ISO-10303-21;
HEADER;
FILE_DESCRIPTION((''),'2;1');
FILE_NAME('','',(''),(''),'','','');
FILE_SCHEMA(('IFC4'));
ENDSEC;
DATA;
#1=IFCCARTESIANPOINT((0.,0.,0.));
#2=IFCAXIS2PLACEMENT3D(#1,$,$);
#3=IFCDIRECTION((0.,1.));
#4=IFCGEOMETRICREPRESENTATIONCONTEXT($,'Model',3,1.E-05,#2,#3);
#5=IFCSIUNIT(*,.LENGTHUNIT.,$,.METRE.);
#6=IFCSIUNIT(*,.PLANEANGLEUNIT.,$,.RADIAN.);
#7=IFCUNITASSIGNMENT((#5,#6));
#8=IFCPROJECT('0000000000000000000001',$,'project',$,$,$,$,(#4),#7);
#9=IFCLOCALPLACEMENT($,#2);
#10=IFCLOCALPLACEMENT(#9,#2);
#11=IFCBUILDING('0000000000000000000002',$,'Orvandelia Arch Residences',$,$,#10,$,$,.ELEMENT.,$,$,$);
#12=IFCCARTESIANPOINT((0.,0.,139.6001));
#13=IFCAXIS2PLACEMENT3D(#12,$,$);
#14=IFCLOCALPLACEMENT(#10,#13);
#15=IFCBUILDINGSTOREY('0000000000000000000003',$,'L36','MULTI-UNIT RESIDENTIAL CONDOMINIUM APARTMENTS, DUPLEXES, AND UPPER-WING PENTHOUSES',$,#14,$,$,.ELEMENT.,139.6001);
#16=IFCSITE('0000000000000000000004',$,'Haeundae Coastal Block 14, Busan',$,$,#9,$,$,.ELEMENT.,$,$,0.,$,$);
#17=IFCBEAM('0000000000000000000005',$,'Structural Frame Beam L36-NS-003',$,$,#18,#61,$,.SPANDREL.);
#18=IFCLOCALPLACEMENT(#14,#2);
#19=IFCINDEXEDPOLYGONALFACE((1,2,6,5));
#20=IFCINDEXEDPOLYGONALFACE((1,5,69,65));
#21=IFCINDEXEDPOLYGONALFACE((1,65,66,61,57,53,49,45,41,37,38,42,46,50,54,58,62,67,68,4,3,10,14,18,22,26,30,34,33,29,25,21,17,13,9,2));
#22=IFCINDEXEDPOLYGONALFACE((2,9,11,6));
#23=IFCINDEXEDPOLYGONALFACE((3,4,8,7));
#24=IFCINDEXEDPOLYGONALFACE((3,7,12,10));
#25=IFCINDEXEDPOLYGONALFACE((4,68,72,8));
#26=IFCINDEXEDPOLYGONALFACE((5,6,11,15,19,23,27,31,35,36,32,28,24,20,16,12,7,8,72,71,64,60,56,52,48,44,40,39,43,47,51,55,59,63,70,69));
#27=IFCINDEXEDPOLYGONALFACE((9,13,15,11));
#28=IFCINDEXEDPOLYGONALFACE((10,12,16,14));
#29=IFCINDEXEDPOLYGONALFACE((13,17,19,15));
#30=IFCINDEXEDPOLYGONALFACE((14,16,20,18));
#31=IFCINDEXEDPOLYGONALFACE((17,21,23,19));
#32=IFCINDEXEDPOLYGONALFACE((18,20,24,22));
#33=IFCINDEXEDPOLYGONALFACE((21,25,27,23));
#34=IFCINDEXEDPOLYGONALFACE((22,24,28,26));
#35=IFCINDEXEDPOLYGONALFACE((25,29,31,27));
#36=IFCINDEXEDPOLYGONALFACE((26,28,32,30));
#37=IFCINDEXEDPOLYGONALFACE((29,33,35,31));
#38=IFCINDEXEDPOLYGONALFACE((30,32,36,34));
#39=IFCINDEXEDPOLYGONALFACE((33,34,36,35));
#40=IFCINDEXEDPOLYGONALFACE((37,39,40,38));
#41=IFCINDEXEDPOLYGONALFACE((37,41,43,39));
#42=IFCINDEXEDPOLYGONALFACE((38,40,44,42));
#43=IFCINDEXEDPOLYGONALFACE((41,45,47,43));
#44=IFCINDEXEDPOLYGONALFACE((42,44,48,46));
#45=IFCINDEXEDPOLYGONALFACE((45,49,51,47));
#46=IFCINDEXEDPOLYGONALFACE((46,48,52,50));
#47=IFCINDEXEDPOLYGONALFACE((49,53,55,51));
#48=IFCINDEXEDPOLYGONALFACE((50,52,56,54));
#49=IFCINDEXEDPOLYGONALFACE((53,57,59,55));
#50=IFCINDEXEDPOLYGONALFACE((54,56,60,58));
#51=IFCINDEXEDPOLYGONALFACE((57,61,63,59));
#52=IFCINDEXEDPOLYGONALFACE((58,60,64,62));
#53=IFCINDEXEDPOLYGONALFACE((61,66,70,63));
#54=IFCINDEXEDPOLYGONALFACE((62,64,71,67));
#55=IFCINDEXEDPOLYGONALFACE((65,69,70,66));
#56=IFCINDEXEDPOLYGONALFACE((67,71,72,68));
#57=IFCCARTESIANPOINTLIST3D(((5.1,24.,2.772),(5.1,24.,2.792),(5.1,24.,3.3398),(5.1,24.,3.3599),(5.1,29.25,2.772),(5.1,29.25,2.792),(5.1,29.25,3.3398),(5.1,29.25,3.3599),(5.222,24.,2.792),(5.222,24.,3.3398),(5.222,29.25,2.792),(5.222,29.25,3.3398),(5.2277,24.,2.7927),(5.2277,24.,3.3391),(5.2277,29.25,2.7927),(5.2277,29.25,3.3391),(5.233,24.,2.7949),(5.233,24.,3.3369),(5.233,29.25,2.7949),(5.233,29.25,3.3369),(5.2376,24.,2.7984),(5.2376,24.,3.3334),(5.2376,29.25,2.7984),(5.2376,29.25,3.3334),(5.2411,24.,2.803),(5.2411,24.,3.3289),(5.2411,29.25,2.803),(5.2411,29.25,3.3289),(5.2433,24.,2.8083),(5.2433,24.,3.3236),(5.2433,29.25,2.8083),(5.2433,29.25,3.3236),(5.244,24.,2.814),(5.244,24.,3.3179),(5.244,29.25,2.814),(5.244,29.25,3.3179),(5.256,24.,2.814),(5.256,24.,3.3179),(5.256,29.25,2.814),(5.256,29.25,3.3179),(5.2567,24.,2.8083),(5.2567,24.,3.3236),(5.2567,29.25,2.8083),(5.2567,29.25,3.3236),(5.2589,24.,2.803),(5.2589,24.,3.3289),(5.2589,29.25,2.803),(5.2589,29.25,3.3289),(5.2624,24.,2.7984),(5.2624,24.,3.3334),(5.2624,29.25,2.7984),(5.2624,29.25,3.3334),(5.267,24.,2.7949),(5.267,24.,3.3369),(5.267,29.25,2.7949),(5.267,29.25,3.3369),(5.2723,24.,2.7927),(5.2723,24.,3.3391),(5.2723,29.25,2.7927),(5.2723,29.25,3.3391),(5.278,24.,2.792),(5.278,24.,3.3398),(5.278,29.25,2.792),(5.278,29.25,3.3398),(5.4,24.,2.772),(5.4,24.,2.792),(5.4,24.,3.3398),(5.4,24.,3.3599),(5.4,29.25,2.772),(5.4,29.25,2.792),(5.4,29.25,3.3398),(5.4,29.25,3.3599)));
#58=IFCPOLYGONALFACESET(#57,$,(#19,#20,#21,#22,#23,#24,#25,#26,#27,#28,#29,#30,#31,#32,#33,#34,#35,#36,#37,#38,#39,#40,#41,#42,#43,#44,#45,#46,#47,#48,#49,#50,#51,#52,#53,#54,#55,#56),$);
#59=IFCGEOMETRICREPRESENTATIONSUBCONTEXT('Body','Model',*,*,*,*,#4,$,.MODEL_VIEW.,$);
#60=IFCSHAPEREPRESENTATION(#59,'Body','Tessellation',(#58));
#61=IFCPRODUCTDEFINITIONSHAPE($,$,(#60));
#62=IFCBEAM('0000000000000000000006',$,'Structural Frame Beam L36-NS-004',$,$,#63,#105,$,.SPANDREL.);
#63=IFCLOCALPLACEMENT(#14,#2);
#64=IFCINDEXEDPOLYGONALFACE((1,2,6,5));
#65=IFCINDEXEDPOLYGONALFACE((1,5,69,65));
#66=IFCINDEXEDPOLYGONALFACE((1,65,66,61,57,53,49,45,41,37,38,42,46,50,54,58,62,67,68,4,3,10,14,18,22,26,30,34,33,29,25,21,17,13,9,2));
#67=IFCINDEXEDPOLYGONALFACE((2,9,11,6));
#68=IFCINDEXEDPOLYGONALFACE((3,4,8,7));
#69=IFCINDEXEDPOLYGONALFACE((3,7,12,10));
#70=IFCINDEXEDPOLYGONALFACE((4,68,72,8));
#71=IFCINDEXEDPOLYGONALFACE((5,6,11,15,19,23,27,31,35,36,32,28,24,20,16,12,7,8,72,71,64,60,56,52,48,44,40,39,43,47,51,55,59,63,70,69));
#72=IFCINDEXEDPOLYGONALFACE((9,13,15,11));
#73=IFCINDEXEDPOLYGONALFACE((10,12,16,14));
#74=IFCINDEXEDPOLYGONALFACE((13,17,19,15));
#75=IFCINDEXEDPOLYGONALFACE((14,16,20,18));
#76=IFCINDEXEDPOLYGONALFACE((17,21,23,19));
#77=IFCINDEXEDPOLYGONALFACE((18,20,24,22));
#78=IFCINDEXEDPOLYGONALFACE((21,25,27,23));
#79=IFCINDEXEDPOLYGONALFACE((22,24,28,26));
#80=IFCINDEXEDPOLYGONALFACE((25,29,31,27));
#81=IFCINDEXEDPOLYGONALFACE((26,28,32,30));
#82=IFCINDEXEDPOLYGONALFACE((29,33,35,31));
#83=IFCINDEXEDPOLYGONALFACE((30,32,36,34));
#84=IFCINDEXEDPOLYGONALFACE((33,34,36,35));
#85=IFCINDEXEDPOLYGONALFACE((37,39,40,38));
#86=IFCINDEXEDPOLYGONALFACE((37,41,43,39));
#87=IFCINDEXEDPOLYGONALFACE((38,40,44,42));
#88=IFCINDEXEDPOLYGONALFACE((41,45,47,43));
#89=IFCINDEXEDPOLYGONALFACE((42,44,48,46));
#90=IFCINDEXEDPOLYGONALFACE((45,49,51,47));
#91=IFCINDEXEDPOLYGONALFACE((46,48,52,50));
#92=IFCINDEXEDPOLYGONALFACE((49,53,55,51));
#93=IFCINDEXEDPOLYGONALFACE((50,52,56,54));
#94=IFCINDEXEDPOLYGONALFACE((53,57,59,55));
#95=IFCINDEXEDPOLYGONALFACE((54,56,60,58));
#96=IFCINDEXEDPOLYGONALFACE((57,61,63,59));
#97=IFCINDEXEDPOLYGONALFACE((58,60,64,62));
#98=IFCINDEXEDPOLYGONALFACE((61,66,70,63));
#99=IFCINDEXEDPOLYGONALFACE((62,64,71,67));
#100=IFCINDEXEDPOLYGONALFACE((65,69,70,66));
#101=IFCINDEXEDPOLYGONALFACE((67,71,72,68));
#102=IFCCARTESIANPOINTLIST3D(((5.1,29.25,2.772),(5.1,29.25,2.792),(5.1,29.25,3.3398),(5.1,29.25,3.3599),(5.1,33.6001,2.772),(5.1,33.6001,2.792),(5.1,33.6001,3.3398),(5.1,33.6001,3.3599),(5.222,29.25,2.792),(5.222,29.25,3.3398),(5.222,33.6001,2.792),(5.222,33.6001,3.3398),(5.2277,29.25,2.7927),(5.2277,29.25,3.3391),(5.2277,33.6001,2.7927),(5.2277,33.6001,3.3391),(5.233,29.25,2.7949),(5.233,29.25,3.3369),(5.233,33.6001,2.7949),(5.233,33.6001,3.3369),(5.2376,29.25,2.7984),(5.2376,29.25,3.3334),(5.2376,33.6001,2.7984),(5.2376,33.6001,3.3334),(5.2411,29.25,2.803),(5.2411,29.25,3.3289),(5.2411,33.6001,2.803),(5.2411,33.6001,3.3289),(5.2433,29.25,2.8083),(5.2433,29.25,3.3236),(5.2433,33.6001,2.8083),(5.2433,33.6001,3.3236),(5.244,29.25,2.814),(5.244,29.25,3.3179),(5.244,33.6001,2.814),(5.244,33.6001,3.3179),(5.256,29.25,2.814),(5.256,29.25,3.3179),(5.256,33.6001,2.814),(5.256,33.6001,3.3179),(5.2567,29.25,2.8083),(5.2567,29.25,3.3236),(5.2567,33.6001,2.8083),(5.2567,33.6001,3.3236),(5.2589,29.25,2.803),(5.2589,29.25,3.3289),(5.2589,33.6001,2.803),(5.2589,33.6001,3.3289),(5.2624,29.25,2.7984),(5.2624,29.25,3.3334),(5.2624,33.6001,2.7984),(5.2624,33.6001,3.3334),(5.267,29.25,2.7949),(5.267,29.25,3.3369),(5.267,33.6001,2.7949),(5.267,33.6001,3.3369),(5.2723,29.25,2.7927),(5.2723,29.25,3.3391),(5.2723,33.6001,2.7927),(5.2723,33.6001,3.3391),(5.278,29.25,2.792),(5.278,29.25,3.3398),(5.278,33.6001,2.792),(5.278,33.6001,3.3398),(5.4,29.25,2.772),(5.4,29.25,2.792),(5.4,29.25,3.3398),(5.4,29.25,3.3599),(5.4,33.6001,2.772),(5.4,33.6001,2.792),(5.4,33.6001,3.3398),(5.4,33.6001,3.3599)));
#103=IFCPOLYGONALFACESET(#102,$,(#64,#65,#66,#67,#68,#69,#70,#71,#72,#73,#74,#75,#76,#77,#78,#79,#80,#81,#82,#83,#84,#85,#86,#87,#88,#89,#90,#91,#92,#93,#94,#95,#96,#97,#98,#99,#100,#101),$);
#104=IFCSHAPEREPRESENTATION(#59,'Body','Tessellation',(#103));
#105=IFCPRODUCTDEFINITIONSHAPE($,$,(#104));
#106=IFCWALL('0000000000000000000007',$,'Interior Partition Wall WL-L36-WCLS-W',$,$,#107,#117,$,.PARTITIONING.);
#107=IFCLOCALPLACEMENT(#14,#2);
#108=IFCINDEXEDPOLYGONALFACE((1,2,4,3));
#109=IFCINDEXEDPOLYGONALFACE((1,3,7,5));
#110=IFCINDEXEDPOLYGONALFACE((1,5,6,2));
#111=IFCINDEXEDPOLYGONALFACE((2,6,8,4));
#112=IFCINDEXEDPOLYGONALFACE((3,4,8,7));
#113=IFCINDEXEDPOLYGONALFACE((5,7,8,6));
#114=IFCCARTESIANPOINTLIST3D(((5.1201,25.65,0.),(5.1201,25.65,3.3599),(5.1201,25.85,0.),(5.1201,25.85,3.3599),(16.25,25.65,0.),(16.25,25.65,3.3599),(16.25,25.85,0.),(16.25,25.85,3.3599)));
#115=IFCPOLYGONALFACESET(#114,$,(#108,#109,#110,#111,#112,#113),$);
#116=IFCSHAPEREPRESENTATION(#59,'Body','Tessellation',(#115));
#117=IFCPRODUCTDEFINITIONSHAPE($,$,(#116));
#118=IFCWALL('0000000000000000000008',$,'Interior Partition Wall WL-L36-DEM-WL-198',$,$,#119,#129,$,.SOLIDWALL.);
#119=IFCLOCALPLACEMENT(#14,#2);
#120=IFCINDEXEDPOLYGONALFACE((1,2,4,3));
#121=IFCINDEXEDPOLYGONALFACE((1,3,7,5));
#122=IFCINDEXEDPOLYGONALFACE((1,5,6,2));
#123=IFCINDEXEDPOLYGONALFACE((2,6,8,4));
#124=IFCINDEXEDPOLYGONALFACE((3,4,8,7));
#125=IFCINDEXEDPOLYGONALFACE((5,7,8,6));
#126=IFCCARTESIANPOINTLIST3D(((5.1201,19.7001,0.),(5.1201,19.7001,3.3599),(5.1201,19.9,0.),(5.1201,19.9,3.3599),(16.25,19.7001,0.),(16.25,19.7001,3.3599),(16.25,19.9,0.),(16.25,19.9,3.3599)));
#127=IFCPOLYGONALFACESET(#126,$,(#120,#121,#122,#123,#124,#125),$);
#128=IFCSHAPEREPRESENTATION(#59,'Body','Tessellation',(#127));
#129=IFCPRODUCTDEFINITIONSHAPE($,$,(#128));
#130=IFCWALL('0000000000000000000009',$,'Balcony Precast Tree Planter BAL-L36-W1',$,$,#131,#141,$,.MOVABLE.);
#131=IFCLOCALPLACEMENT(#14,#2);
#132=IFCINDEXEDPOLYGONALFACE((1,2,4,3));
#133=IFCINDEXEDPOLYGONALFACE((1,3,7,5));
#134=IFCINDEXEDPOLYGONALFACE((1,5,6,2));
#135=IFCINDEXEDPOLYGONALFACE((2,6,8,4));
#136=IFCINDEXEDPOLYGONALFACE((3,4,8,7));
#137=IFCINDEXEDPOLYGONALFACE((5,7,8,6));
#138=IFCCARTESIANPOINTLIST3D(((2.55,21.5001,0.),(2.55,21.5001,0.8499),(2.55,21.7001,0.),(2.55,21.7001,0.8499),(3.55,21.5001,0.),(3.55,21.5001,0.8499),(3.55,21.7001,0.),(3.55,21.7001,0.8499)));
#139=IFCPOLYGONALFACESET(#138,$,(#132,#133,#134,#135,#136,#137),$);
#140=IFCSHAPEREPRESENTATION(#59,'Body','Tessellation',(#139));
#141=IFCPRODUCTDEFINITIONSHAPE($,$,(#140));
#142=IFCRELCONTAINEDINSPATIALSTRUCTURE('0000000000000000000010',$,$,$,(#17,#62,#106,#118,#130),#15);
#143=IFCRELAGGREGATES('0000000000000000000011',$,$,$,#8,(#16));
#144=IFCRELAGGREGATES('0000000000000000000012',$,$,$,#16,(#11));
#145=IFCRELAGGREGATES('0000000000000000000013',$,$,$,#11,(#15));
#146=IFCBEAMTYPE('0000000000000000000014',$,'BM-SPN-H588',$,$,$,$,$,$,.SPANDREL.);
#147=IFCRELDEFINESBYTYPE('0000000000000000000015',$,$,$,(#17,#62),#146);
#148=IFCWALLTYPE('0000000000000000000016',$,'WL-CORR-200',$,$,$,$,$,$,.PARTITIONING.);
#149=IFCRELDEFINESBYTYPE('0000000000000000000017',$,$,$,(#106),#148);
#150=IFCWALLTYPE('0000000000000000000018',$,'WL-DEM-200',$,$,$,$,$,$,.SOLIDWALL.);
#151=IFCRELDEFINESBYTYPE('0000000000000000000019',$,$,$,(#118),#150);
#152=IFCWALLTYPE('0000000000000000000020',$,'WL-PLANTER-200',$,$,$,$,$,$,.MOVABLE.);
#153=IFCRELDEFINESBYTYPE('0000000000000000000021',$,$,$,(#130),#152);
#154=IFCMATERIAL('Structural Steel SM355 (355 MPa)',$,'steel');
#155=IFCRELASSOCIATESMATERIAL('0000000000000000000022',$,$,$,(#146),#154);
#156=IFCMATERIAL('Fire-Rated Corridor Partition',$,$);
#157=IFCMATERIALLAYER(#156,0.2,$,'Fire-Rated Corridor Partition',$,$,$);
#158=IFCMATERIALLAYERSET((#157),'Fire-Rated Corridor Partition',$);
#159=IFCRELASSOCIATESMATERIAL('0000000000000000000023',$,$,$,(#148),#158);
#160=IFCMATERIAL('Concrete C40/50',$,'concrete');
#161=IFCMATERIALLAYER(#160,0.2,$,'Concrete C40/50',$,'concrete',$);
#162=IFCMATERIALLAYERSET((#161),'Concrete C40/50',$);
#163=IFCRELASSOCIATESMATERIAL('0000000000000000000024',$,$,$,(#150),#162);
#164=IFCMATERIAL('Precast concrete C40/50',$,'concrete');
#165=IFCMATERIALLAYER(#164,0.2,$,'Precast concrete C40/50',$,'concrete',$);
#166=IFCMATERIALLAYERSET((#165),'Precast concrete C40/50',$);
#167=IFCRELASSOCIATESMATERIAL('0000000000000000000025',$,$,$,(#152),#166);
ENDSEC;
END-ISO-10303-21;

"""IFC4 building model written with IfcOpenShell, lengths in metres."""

from ifc_helpers import new_model, si_unit, direction, frame, frame_2d, origin, origin_2d, place, context, subcontext, project, spatial, rectangle, i_section, extrude, material, layer, layer_set, material_profile, profile_set, type_object, element, save


model = new_model("IFC4")

# Units and contexts
model_context = context("Model", 3, precision=1e-05, world=origin(), true_north=direction((0.0, 1.0)))
body_context = subcontext(model_context, "Body", "Model", "MODEL_VIEW")
ifc_project = project(units=[si_unit("LENGTHUNIT", "METRE"), si_unit("PLANEANGLEUNIT", "RADIAN")], contexts=[model_context])

# Site, building, storey
site_placement = place(None, origin())
site = spatial("IfcSite", under=ifc_project, at=site_placement, Name="Haeundae Coastal Block 14, Busan", CompositionType="ELEMENT", RefElevation=0.0)
building_placement = place(site_placement, origin())
building = spatial("IfcBuilding", under=site, at=building_placement, Name="Orvandelia Arch Residences", CompositionType="ELEMENT")
storey_placement = place(building_placement, frame((0.0, 0.0, 139.6001)))
storey = spatial("IfcBuildingStorey", under=building, at=storey_placement, Name="L36", Description="MULTI-UNIT RESIDENTIAL CONDOMINIUM APARTMENTS, DUPLEXES, AND UPPER-WING PENTHOUSES", CompositionType="ELEMENT", Elevation=139.6001)

# Beams
ifc_material_1 = material(Name="Structural Steel SM355 (355 MPa)", Category="steel")
ifc_material_profile_1 = material_profile(ifc_material_1, i_section(OverallWidth=0.3, OverallDepth=0.5879, WebThickness=0.012, FlangeThickness=0.02, FilletRadius=0.022, at=origin_2d()), Name="Structural Steel SM355 (355 MPa)", Category="steel")
ifc_profile_set_1 = profile_set([ifc_material_profile_1], Name="Structural Steel SM355 (355 MPa)")
beam_type_1 = type_object("IfcBeamType", Name="BM-SPN-H588", PredefinedType="SPANDREL", material=ifc_profile_set_1)
beam_1_placement = place(storey_placement, frame((5.25, 24.0, 3.0659), z_axis=(0.0, 1.0, 0.0), x_axis=(-1.0, 0.0, 0.0)))
element("IfcBeam", 1, at=beam_1_placement, inside=storey, type_object=beam_type_1, Name="Structural Frame Beam L36-NS-003", PredefinedType="SPANDREL", context=body_context, shape_type="SweptSolid", body=[
    extrude(i_section(OverallWidth=0.3, OverallDepth=0.5879, WebThickness=0.012, FlangeThickness=0.02, FilletRadius=0.022, at=origin_2d()), origin(), (0.0, 0.0, 1.0), 5.25),
])
beam_2_placement = place(storey_placement, frame((5.25, 29.25, 3.0659), z_axis=(0.0, 1.0, 0.0), x_axis=(-1.0, 0.0, 0.0)))
element("IfcBeam", 2, at=beam_2_placement, inside=storey, type_object=beam_type_1, Name="Structural Frame Beam L36-NS-004", PredefinedType="SPANDREL", context=body_context, shape_type="SweptSolid", body=[
    extrude(i_section(OverallWidth=0.3, OverallDepth=0.5879, WebThickness=0.012, FlangeThickness=0.02, FilletRadius=0.022, at=origin_2d()), origin(), (0.0, 0.0, 1.0), 4.3501),
])

# Walls
ifc_material_2 = material(Name="Fire-Rated Corridor Partition")
ifc_layer_1 = layer(ifc_material_2, 0.2, Name="Fire-Rated Corridor Partition")
ifc_layer_set_1 = layer_set([ifc_layer_1], Name="Fire-Rated Corridor Partition")
wall_type_1 = type_object("IfcWallType", Name="WL-CORR-200", PredefinedType="PARTITIONING", material=ifc_layer_set_1)
wall_1_placement = place(storey_placement, frame((5.1201, 25.75, 0.0), z_axis=(0.0, 0.0, 1.0), x_axis=(1.0, 0.0, 0.0)))
element("IfcWall", 3, at=wall_1_placement, inside=storey, type_object=wall_type_1, Name="Interior Partition Wall WL-L36-WCLS-W", PredefinedType="PARTITIONING", context=body_context, shape_type="SweptSolid", body=[
    extrude(rectangle(XDim=11.1299, YDim=0.2, at=frame_2d((5.5649, 0.0))), origin(), (0.0, 0.0, 1.0), 3.3599),
])
ifc_material_3 = material(Name="Concrete C40/50", Category="concrete")
ifc_layer_2 = layer(ifc_material_3, 0.2, Name="Concrete C40/50", Category="concrete")
ifc_layer_set_2 = layer_set([ifc_layer_2], Name="Concrete C40/50")
wall_type_2 = type_object("IfcWallType", Name="WL-DEM-200", PredefinedType="SOLIDWALL", material=ifc_layer_set_2)
wall_2_placement = place(storey_placement, frame((5.1201, 19.8, 0.0), z_axis=(0.0, 0.0, 1.0), x_axis=(1.0, 0.0, 0.0)))
element("IfcWall", 4, at=wall_2_placement, inside=storey, type_object=wall_type_2, Name="Interior Partition Wall WL-L36-DEM-WL-198", PredefinedType="SOLIDWALL", context=body_context, shape_type="SweptSolid", body=[
    extrude(rectangle(XDim=11.1299, YDim=0.2, at=frame_2d((5.5649, 0.0))), origin(), (0.0, 0.0, 1.0), 3.3599),
])
ifc_material_4 = material(Name="Precast concrete C40/50", Category="concrete")
ifc_layer_3 = layer(ifc_material_4, 0.2, Name="Precast concrete C40/50", Category="concrete")
ifc_layer_set_3 = layer_set([ifc_layer_3], Name="Precast concrete C40/50")
wall_type_3 = type_object("IfcWallType", Name="WL-PLANTER-200", PredefinedType="MOVABLE", material=ifc_layer_set_3)
wall_3_placement = place(storey_placement, frame((2.55, 21.6001, 0.0), z_axis=(0.0, 0.0, 1.0), x_axis=(1.0, 0.0, 0.0)))
element("IfcWall", 5, at=wall_3_placement, inside=storey, type_object=wall_type_3, Name="Balcony Precast Tree Planter BAL-L36-W1", PredefinedType="MOVABLE", context=body_context, shape_type="SweptSolid", body=[
    extrude(rectangle(XDim=1.0, YDim=0.2, at=frame_2d((0.5, 0.0))), origin(), (0.0, 0.0, 1.0), 0.8499),
])

save(model, "model.ifc")
